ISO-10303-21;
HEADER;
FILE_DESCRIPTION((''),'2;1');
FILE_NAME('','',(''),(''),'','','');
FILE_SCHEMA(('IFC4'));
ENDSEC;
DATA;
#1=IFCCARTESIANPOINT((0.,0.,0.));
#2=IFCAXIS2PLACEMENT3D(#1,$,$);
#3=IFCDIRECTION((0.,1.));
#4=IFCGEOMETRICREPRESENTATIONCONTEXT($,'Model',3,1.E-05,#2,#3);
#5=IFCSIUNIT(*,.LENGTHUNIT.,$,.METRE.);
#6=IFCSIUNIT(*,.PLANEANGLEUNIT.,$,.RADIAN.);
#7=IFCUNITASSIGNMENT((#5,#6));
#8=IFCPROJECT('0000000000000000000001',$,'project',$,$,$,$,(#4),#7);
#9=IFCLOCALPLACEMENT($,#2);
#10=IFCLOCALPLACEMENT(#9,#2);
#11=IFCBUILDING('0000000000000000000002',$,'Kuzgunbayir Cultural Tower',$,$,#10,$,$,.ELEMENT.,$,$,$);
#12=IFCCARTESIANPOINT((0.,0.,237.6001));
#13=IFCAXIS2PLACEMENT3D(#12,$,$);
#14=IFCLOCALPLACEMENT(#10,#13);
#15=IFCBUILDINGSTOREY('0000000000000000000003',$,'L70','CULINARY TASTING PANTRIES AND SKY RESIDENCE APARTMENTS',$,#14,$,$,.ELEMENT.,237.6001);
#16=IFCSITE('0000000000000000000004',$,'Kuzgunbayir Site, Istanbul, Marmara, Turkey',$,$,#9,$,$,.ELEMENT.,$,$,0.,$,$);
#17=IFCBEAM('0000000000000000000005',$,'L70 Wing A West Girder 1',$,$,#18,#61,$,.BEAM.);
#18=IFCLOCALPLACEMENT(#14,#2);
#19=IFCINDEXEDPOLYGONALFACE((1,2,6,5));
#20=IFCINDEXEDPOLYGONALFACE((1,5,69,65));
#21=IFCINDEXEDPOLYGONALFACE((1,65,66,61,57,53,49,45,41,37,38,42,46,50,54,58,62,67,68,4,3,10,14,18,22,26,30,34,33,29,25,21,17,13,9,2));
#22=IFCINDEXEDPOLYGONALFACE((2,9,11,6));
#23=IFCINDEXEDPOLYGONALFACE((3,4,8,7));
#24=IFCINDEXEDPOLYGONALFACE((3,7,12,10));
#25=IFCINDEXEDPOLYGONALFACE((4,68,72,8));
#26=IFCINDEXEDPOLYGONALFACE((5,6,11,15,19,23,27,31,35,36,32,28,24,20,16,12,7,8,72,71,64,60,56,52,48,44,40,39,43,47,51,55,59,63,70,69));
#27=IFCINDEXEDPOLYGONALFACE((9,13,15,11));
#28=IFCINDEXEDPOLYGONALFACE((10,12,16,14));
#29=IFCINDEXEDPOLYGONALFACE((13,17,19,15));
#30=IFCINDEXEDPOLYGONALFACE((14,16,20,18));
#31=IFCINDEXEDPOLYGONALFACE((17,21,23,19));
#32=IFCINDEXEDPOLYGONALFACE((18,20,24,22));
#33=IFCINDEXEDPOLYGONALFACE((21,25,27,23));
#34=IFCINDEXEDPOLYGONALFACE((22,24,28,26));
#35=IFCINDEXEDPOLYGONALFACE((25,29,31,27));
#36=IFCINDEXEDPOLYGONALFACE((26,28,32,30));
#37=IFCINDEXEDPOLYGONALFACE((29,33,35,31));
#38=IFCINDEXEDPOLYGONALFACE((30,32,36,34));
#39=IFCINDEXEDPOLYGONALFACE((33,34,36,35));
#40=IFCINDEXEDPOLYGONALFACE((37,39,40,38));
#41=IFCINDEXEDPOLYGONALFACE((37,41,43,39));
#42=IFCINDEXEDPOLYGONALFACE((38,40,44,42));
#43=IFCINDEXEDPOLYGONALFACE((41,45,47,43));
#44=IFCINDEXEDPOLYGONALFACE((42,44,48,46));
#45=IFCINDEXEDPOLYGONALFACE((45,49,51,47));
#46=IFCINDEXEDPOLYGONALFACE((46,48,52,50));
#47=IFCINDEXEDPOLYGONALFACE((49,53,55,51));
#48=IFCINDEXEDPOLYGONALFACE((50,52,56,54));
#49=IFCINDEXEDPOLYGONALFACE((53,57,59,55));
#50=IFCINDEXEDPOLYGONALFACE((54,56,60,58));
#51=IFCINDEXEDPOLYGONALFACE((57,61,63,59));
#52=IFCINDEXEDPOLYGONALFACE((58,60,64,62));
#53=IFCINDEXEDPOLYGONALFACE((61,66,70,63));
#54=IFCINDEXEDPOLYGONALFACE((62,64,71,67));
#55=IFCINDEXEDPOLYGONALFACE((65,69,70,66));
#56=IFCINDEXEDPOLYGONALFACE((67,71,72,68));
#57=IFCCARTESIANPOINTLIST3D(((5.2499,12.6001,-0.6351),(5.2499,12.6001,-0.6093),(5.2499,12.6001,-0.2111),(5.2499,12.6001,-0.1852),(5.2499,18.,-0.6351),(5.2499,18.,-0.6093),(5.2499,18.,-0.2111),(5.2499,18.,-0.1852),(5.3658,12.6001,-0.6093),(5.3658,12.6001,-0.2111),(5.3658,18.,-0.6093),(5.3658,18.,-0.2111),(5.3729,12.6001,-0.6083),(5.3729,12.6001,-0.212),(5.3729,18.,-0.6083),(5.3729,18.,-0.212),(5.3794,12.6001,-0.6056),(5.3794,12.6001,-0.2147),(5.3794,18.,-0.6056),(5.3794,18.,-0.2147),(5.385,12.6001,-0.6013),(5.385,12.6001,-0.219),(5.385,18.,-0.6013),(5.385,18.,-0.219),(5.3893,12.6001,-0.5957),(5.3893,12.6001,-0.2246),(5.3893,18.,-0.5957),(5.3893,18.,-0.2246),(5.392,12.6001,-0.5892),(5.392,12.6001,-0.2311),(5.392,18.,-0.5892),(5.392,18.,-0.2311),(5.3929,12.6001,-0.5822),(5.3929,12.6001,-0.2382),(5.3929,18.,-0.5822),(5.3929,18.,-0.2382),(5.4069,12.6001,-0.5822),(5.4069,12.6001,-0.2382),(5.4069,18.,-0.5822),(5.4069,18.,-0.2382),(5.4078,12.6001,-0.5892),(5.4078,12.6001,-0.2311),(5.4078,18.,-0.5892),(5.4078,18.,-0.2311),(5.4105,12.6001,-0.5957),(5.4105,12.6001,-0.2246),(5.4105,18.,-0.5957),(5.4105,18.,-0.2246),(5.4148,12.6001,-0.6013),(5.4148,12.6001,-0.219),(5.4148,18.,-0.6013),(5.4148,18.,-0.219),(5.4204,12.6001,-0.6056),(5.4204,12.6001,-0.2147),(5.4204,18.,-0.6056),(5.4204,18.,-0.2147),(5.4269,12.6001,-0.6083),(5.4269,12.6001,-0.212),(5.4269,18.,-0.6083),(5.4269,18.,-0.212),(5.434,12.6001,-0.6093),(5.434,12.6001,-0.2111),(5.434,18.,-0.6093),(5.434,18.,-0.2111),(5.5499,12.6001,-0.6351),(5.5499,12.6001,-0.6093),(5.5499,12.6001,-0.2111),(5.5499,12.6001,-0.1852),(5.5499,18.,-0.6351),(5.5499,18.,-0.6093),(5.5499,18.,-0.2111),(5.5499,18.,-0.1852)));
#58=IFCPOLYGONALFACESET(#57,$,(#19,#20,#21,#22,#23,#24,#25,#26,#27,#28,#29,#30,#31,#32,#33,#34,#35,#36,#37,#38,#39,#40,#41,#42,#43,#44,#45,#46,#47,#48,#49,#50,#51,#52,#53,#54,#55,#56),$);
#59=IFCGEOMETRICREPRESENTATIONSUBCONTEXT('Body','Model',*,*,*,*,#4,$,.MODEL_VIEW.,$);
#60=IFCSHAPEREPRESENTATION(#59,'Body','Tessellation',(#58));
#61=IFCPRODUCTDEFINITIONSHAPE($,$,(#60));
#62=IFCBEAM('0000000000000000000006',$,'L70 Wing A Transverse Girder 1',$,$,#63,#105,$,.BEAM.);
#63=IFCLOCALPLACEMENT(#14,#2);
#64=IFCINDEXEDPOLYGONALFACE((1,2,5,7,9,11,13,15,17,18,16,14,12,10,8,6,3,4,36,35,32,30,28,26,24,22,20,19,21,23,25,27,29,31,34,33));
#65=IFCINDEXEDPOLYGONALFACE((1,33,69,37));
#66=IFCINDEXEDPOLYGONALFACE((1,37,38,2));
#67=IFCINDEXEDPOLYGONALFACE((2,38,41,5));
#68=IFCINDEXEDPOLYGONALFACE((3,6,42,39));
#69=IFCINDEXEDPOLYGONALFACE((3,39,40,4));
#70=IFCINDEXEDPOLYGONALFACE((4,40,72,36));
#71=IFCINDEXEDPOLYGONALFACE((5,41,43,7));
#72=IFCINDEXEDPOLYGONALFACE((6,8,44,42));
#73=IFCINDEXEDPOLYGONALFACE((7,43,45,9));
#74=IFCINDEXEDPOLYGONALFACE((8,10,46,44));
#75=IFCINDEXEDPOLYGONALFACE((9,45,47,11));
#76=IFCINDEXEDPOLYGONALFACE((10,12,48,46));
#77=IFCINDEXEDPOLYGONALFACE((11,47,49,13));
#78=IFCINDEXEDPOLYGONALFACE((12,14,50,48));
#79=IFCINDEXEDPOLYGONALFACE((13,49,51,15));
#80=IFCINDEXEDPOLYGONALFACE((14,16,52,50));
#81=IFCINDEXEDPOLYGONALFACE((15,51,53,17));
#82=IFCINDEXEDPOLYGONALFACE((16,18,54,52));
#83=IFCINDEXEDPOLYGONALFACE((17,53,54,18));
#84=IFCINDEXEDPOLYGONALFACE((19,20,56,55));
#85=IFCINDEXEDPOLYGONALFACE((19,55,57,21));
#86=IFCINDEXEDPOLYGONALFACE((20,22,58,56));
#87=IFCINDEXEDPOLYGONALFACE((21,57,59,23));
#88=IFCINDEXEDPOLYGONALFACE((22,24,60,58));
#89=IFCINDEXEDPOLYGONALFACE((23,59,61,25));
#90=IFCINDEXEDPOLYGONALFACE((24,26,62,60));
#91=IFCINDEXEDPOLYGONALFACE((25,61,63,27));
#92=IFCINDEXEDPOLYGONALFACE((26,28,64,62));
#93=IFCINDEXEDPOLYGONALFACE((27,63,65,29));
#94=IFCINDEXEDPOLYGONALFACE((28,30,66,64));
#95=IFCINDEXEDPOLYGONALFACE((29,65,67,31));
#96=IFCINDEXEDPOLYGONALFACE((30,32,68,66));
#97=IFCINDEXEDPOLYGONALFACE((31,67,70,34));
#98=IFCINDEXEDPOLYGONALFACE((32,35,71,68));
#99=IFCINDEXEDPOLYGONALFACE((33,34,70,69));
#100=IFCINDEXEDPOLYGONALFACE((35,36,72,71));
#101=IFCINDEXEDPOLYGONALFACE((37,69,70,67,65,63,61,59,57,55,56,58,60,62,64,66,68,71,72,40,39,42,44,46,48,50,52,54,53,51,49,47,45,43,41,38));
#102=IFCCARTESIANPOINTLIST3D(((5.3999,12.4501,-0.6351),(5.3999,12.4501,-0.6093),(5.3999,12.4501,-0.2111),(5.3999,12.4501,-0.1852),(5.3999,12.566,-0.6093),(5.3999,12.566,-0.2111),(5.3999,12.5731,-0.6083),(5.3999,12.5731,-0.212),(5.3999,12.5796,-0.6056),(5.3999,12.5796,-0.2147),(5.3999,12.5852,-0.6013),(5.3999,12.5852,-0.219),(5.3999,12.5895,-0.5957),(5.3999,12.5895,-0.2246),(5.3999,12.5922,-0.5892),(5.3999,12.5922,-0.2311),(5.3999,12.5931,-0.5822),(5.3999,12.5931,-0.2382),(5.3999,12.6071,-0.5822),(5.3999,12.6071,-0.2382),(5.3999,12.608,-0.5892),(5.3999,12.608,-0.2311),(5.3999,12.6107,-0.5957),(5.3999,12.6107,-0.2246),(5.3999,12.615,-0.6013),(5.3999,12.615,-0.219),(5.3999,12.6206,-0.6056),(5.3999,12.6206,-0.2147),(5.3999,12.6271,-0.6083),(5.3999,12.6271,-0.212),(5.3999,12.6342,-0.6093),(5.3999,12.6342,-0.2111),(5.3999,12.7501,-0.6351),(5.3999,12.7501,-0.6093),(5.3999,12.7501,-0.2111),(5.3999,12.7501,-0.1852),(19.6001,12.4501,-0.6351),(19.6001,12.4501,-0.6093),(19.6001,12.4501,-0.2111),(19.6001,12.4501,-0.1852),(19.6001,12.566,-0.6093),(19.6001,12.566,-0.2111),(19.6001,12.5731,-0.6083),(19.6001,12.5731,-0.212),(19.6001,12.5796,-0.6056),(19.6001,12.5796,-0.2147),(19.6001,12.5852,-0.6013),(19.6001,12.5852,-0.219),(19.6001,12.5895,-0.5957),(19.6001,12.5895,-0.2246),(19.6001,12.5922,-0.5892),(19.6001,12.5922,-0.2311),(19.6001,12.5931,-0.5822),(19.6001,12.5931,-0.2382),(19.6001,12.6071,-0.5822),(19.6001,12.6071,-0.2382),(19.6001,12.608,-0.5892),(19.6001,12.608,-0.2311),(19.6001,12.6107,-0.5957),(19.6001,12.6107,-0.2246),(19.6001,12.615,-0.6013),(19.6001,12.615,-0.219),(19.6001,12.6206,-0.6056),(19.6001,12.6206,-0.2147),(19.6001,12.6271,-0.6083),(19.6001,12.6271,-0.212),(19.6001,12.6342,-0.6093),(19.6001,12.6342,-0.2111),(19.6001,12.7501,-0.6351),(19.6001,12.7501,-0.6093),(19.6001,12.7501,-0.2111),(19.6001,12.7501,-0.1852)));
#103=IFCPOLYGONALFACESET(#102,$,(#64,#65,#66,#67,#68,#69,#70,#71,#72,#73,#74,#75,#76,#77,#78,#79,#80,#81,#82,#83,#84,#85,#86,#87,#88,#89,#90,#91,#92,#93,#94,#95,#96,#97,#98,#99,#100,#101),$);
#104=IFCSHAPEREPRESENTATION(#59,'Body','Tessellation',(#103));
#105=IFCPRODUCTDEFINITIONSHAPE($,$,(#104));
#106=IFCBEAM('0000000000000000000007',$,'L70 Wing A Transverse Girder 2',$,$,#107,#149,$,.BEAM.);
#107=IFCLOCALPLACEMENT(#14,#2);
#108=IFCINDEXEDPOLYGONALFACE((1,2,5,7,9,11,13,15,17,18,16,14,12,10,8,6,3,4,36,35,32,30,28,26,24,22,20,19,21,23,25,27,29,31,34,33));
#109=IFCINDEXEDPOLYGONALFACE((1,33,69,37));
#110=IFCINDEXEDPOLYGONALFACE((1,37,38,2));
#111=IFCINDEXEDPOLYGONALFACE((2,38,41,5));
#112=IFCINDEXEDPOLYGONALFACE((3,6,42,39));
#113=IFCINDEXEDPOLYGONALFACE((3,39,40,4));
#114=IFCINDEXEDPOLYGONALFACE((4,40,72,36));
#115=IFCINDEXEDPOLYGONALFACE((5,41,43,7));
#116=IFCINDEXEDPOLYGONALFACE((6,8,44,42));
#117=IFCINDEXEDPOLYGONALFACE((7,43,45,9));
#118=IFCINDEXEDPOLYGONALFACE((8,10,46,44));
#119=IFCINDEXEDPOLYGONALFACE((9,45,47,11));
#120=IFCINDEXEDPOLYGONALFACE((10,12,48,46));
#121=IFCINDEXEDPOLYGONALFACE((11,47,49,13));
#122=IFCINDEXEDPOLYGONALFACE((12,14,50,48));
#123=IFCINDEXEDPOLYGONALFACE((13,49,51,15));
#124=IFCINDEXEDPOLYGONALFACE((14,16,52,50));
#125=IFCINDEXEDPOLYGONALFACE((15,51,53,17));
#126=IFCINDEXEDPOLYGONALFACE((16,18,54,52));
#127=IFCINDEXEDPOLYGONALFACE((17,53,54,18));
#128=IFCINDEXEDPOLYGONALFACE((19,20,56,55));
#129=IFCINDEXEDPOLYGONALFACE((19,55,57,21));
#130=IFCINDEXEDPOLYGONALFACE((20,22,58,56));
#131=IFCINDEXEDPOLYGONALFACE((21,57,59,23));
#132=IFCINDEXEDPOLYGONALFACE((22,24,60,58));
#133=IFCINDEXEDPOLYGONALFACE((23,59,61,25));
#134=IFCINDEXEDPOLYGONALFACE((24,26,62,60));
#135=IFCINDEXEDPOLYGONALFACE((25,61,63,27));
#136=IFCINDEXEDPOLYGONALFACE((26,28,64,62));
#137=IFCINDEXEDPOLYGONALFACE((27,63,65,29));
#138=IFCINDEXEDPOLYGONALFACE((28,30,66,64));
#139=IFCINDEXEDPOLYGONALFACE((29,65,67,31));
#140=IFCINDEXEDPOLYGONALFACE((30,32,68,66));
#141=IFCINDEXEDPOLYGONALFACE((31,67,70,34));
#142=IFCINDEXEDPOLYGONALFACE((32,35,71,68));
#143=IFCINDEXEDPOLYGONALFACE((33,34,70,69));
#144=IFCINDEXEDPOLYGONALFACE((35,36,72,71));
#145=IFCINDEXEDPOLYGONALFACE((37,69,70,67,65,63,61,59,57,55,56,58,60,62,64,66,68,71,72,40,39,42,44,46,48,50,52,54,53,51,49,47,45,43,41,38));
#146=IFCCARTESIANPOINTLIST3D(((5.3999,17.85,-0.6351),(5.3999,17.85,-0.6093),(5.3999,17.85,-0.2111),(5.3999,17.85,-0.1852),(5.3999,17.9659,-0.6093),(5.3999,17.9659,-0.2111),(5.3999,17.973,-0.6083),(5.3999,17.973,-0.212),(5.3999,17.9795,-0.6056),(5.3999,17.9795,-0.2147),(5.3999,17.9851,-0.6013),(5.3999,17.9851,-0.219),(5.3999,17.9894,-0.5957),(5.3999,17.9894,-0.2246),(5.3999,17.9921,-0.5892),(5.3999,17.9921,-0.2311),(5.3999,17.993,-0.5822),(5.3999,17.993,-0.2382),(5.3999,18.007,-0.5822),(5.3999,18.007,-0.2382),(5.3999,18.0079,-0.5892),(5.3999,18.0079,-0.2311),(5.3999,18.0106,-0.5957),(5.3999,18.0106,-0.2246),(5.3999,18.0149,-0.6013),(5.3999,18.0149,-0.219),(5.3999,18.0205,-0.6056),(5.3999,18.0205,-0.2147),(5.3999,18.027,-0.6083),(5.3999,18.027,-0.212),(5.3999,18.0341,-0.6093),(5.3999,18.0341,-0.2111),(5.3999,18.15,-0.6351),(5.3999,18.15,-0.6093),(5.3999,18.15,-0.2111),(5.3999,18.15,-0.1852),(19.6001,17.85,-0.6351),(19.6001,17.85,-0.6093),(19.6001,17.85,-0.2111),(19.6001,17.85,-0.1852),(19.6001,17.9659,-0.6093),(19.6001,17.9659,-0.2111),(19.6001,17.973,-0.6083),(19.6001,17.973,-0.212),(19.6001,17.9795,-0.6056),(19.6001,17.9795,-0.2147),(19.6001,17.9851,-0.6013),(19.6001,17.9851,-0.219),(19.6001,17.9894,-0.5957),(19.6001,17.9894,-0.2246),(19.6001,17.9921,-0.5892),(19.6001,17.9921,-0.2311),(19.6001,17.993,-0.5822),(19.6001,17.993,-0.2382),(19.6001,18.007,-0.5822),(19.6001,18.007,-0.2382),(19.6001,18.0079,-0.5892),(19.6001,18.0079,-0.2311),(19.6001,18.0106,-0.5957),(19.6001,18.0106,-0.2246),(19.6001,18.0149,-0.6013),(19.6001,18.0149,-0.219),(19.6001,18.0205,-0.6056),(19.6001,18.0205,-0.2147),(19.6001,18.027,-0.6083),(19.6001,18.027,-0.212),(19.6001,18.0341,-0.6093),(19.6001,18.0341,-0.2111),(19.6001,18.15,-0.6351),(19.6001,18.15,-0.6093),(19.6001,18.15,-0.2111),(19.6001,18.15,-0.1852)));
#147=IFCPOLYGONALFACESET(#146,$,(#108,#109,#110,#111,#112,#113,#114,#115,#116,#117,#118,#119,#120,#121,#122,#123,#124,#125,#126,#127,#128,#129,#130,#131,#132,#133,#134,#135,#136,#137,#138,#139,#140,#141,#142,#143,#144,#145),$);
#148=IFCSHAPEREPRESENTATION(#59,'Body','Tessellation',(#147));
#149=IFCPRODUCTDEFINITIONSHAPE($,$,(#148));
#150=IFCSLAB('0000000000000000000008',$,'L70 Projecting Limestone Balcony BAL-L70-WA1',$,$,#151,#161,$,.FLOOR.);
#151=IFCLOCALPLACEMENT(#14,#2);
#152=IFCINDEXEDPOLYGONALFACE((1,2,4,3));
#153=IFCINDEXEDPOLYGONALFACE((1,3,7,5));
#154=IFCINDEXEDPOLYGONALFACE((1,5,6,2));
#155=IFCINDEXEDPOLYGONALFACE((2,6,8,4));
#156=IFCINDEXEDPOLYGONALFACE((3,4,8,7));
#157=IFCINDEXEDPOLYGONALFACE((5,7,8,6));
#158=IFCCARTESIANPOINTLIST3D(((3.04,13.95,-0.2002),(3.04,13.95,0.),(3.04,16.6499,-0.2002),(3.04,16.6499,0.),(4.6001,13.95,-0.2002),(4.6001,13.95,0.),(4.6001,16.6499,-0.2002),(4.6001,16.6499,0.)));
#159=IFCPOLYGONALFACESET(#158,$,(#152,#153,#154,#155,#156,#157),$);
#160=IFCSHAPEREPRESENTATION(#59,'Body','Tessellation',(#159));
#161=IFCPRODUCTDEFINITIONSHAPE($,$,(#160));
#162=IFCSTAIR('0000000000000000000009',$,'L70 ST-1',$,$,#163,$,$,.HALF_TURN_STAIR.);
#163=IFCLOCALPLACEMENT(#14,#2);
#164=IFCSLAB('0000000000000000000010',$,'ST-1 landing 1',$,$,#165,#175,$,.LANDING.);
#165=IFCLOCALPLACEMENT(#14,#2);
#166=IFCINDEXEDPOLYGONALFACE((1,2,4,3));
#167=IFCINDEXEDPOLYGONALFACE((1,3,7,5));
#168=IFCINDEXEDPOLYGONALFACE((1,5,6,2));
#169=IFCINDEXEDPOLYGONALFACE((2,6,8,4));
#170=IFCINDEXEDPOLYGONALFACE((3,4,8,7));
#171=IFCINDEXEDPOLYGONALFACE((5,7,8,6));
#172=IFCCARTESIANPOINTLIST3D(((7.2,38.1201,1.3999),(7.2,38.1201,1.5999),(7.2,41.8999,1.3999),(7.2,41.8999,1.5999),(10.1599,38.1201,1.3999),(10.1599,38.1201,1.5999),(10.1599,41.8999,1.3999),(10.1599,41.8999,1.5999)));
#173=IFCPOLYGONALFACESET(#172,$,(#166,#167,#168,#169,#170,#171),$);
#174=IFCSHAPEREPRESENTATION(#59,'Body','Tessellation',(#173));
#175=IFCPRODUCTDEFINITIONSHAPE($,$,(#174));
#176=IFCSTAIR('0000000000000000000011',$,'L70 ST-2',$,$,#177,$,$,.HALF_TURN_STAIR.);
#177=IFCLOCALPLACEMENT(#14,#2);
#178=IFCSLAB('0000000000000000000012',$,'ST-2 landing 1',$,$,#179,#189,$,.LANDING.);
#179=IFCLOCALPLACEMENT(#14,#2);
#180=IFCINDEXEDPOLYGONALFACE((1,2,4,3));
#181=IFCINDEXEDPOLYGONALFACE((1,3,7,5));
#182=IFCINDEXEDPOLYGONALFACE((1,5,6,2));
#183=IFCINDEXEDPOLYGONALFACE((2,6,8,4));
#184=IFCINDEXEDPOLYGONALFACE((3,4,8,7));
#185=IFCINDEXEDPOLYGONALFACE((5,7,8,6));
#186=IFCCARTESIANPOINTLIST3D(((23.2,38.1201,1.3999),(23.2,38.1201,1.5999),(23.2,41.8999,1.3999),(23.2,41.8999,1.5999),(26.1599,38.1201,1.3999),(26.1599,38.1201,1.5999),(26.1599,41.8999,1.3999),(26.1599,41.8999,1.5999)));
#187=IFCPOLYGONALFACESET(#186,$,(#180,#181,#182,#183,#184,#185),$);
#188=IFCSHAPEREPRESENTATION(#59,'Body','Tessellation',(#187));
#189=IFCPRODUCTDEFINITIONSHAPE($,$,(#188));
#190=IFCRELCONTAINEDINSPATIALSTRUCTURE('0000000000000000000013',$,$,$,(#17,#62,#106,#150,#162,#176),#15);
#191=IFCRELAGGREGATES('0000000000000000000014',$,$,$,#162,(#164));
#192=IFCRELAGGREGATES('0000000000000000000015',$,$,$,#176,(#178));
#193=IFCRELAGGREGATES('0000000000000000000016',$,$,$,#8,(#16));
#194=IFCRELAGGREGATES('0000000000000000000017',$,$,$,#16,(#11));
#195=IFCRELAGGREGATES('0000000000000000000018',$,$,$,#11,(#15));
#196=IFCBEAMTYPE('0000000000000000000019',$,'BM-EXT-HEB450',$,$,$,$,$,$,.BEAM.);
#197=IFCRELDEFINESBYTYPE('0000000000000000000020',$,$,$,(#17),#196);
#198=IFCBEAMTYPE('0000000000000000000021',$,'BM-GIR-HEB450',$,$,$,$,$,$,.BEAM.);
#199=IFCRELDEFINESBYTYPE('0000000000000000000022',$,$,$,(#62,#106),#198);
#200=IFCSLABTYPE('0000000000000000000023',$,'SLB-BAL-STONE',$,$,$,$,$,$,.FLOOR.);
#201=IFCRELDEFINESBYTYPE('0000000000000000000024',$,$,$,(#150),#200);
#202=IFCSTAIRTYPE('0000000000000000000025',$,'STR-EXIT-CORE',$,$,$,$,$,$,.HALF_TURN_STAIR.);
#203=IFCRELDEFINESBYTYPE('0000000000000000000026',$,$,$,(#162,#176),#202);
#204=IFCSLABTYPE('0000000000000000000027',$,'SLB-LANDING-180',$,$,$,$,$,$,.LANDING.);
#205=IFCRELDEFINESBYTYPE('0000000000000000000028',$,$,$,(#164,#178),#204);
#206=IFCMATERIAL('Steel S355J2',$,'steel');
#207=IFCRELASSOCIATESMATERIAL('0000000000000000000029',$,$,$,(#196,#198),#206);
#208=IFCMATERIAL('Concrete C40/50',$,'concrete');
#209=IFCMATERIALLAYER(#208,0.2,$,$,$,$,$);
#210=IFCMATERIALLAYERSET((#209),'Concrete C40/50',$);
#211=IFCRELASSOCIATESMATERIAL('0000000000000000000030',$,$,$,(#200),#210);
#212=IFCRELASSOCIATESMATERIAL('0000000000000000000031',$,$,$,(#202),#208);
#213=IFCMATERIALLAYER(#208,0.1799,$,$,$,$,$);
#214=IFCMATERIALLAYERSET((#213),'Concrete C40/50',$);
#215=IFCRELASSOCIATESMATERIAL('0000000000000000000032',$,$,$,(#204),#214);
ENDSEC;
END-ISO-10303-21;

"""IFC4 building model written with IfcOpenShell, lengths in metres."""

from ifc_helpers import new_model, si_unit, direction, frame, origin, origin_2d, place, context, subcontext, project, spatial, polyline, i_section, outline, extrude, material, layer, layer_set, material_profile, profile_set, type_object, element, aggregate, save


model = new_model("IFC4")

# Units and contexts
model_context = context("Model", 3, precision=1e-05, world=origin(), true_north=direction((0.0, 1.0)))
body_context = subcontext(model_context, "Body", "Model", "MODEL_VIEW")
ifc_project = project(units=[si_unit("LENGTHUNIT", "METRE"), si_unit("PLANEANGLEUNIT", "RADIAN")], contexts=[model_context])

# Site, building, storey
site_placement = place(None, origin())
site = spatial("IfcSite", under=ifc_project, at=site_placement, Name="Kuzgunbayir Site, Istanbul, Marmara, Turkey", CompositionType="ELEMENT", RefElevation=0.0)
building_placement = place(site_placement, origin())
building = spatial("IfcBuilding", under=site, at=building_placement, Name="Kuzgunbayir Cultural Tower", CompositionType="ELEMENT")
storey_placement = place(building_placement, frame((0.0, 0.0, 237.6001)))
storey = spatial("IfcBuildingStorey", under=building, at=storey_placement, Name="L70", Description="CULINARY TASTING PANTRIES AND SKY RESIDENCE APARTMENTS", CompositionType="ELEMENT", Elevation=237.6001)

# Beams
ifc_material_1 = material(Name="Steel S355J2", Category="steel")
ifc_material_profile_1 = material_profile(ifc_material_1, i_section(OverallWidth=0.3, OverallDepth=0.45, WebThickness=0.0139, FlangeThickness=0.0259, FilletRadius=0.0271, at=origin_2d()), Name="HEB 450")
ifc_profile_set_1 = profile_set([ifc_material_profile_1], Name="Steel S355J2")
beam_type_1 = type_object("IfcBeamType", Name="BM-EXT-HEB450", PredefinedType="BEAM", material=ifc_profile_set_1)
beam_1_placement = place(storey_placement, frame((5.3999, 12.6001, -0.4102), z_axis=(0.0, 1.0, 0.0), x_axis=(-1.0, 0.0, 0.0)))
element("IfcBeam", 1, at=beam_1_placement, inside=storey, type_object=beam_type_1, Name="L70 Wing A West Girder 1", PredefinedType="BEAM", context=body_context, shape_type="SweptSolid", body=[
    extrude(i_section(OverallWidth=0.3, OverallDepth=0.45, WebThickness=0.0139, FlangeThickness=0.0259, FilletRadius=0.0271, at=origin_2d()), origin(), (0.0, 0.0, 1.0), 5.3999),
])
ifc_material_profile_2 = material_profile(ifc_material_1, i_section(OverallWidth=0.3, OverallDepth=0.45, WebThickness=0.0139, FlangeThickness=0.0259, FilletRadius=0.0271, at=origin_2d()), Name="HEB 450")
ifc_profile_set_2 = profile_set([ifc_material_profile_2], Name="Steel S355J2")
beam_type_2 = type_object("IfcBeamType", Name="BM-GIR-HEB450", PredefinedType="BEAM", material=ifc_profile_set_2)
for number, where, z_axis, x_axis, name in (
    (2, (5.3999, 12.6001, -0.4102), (1.0, 0.0, 0.0), (0.0, 1.0, 0.0), "L70 Wing A Transverse Girder 1"),
    (3, (5.3999, 18.0, -0.4102), (1.0, 0.0, 0.0), (0.0, 1.0, 0.0), "L70 Wing A Transverse Girder 2"),
):
    element("IfcBeam", number, at=place(storey_placement, frame(where, z_axis=z_axis, x_axis=x_axis)), inside=storey, type_object=beam_type_2, Name=name, PredefinedType="BEAM", context=body_context, shape_type="SweptSolid", body=[
        extrude(i_section(OverallWidth=0.3, OverallDepth=0.45, WebThickness=0.0139, FlangeThickness=0.0259, FilletRadius=0.0271, at=origin_2d()), origin(), (0.0, 0.0, 1.0), 14.2002),
    ])

# Slab
ifc_material_2 = material(Name="Concrete C40/50", Category="concrete")
ifc_layer_1 = layer(ifc_material_2, 0.2)
ifc_layer_set_1 = layer_set([ifc_layer_1], Name="Concrete C40/50")
slab_type_1 = type_object("IfcSlabType", Name="SLB-BAL-STONE", PredefinedType="FLOOR", material=ifc_layer_set_1)
slab_1_placement = place(storey_placement, frame((0.0, 0.0, -0.2002)))
element("IfcSlab", 4, at=slab_1_placement, inside=storey, type_object=slab_type_1, Name="L70 Projecting Limestone Balcony BAL-L70-WA1", PredefinedType="FLOOR", context=body_context, shape_type="SweptSolid", body=[
    extrude(outline(polyline([(3.04, 13.95), (4.6001, 13.95), (4.6001, 16.6499), (3.04, 16.6499), (3.04, 13.95)])), origin(), (0.0, 0.0, 1.0), 0.2002),
])

# Stairs, slabs
stair_type = type_object("IfcStairType", Name="STR-EXIT-CORE", PredefinedType="HALF_TURN_STAIR", material=ifc_material_2)
stair_1_placement = place(storey_placement, origin())
stair_1 = element("IfcStair", 5, at=stair_1_placement, inside=storey, type_object=stair_type, Name="L70 ST-1", PredefinedType="HALF_TURN_STAIR")
ifc_layer_2 = layer(ifc_material_2, 0.1799)
ifc_layer_set_2 = layer_set([ifc_layer_2], Name="Concrete C40/50")
slab_type_2 = type_object("IfcSlabType", Name="SLB-LANDING-180", PredefinedType="LANDING", material=ifc_layer_set_2)
slab_2_placement = place(storey_placement, frame((0.0, 0.0, 1.3999)))
slab_2 = element("IfcSlab", 6, at=slab_2_placement, type_object=slab_type_2, Name="ST-1 landing 1", PredefinedType="LANDING", context=body_context, shape_type="SweptSolid", body=[
    extrude(outline(polyline([(10.1599, 38.1201), (10.1599, 41.8999), (7.2, 41.8999), (7.2, 38.1201), (10.1599, 38.1201)])), origin(), (0.0, 0.0, 1.0), 0.2),
])
aggregate(stair_1, [slab_2])
stair_2_placement = place(storey_placement, origin())
stair_2 = element("IfcStair", 7, at=stair_2_placement, inside=storey, type_object=stair_type, Name="L70 ST-2", PredefinedType="HALF_TURN_STAIR")
slab_3_placement = place(storey_placement, frame((0.0, 0.0, 1.3999)))
slab_3 = element("IfcSlab", 8, at=slab_3_placement, type_object=slab_type_2, Name="ST-2 landing 1", PredefinedType="LANDING", context=body_context, shape_type="SweptSolid", body=[
    extrude(outline(polyline([(26.1599, 38.1201), (26.1599, 41.8999), (23.2, 41.8999), (23.2, 38.1201), (26.1599, 38.1201)])), origin(), (0.0, 0.0, 1.0), 0.2),
])
aggregate(stair_2, [slab_3])

save(model, "model.ifc")
